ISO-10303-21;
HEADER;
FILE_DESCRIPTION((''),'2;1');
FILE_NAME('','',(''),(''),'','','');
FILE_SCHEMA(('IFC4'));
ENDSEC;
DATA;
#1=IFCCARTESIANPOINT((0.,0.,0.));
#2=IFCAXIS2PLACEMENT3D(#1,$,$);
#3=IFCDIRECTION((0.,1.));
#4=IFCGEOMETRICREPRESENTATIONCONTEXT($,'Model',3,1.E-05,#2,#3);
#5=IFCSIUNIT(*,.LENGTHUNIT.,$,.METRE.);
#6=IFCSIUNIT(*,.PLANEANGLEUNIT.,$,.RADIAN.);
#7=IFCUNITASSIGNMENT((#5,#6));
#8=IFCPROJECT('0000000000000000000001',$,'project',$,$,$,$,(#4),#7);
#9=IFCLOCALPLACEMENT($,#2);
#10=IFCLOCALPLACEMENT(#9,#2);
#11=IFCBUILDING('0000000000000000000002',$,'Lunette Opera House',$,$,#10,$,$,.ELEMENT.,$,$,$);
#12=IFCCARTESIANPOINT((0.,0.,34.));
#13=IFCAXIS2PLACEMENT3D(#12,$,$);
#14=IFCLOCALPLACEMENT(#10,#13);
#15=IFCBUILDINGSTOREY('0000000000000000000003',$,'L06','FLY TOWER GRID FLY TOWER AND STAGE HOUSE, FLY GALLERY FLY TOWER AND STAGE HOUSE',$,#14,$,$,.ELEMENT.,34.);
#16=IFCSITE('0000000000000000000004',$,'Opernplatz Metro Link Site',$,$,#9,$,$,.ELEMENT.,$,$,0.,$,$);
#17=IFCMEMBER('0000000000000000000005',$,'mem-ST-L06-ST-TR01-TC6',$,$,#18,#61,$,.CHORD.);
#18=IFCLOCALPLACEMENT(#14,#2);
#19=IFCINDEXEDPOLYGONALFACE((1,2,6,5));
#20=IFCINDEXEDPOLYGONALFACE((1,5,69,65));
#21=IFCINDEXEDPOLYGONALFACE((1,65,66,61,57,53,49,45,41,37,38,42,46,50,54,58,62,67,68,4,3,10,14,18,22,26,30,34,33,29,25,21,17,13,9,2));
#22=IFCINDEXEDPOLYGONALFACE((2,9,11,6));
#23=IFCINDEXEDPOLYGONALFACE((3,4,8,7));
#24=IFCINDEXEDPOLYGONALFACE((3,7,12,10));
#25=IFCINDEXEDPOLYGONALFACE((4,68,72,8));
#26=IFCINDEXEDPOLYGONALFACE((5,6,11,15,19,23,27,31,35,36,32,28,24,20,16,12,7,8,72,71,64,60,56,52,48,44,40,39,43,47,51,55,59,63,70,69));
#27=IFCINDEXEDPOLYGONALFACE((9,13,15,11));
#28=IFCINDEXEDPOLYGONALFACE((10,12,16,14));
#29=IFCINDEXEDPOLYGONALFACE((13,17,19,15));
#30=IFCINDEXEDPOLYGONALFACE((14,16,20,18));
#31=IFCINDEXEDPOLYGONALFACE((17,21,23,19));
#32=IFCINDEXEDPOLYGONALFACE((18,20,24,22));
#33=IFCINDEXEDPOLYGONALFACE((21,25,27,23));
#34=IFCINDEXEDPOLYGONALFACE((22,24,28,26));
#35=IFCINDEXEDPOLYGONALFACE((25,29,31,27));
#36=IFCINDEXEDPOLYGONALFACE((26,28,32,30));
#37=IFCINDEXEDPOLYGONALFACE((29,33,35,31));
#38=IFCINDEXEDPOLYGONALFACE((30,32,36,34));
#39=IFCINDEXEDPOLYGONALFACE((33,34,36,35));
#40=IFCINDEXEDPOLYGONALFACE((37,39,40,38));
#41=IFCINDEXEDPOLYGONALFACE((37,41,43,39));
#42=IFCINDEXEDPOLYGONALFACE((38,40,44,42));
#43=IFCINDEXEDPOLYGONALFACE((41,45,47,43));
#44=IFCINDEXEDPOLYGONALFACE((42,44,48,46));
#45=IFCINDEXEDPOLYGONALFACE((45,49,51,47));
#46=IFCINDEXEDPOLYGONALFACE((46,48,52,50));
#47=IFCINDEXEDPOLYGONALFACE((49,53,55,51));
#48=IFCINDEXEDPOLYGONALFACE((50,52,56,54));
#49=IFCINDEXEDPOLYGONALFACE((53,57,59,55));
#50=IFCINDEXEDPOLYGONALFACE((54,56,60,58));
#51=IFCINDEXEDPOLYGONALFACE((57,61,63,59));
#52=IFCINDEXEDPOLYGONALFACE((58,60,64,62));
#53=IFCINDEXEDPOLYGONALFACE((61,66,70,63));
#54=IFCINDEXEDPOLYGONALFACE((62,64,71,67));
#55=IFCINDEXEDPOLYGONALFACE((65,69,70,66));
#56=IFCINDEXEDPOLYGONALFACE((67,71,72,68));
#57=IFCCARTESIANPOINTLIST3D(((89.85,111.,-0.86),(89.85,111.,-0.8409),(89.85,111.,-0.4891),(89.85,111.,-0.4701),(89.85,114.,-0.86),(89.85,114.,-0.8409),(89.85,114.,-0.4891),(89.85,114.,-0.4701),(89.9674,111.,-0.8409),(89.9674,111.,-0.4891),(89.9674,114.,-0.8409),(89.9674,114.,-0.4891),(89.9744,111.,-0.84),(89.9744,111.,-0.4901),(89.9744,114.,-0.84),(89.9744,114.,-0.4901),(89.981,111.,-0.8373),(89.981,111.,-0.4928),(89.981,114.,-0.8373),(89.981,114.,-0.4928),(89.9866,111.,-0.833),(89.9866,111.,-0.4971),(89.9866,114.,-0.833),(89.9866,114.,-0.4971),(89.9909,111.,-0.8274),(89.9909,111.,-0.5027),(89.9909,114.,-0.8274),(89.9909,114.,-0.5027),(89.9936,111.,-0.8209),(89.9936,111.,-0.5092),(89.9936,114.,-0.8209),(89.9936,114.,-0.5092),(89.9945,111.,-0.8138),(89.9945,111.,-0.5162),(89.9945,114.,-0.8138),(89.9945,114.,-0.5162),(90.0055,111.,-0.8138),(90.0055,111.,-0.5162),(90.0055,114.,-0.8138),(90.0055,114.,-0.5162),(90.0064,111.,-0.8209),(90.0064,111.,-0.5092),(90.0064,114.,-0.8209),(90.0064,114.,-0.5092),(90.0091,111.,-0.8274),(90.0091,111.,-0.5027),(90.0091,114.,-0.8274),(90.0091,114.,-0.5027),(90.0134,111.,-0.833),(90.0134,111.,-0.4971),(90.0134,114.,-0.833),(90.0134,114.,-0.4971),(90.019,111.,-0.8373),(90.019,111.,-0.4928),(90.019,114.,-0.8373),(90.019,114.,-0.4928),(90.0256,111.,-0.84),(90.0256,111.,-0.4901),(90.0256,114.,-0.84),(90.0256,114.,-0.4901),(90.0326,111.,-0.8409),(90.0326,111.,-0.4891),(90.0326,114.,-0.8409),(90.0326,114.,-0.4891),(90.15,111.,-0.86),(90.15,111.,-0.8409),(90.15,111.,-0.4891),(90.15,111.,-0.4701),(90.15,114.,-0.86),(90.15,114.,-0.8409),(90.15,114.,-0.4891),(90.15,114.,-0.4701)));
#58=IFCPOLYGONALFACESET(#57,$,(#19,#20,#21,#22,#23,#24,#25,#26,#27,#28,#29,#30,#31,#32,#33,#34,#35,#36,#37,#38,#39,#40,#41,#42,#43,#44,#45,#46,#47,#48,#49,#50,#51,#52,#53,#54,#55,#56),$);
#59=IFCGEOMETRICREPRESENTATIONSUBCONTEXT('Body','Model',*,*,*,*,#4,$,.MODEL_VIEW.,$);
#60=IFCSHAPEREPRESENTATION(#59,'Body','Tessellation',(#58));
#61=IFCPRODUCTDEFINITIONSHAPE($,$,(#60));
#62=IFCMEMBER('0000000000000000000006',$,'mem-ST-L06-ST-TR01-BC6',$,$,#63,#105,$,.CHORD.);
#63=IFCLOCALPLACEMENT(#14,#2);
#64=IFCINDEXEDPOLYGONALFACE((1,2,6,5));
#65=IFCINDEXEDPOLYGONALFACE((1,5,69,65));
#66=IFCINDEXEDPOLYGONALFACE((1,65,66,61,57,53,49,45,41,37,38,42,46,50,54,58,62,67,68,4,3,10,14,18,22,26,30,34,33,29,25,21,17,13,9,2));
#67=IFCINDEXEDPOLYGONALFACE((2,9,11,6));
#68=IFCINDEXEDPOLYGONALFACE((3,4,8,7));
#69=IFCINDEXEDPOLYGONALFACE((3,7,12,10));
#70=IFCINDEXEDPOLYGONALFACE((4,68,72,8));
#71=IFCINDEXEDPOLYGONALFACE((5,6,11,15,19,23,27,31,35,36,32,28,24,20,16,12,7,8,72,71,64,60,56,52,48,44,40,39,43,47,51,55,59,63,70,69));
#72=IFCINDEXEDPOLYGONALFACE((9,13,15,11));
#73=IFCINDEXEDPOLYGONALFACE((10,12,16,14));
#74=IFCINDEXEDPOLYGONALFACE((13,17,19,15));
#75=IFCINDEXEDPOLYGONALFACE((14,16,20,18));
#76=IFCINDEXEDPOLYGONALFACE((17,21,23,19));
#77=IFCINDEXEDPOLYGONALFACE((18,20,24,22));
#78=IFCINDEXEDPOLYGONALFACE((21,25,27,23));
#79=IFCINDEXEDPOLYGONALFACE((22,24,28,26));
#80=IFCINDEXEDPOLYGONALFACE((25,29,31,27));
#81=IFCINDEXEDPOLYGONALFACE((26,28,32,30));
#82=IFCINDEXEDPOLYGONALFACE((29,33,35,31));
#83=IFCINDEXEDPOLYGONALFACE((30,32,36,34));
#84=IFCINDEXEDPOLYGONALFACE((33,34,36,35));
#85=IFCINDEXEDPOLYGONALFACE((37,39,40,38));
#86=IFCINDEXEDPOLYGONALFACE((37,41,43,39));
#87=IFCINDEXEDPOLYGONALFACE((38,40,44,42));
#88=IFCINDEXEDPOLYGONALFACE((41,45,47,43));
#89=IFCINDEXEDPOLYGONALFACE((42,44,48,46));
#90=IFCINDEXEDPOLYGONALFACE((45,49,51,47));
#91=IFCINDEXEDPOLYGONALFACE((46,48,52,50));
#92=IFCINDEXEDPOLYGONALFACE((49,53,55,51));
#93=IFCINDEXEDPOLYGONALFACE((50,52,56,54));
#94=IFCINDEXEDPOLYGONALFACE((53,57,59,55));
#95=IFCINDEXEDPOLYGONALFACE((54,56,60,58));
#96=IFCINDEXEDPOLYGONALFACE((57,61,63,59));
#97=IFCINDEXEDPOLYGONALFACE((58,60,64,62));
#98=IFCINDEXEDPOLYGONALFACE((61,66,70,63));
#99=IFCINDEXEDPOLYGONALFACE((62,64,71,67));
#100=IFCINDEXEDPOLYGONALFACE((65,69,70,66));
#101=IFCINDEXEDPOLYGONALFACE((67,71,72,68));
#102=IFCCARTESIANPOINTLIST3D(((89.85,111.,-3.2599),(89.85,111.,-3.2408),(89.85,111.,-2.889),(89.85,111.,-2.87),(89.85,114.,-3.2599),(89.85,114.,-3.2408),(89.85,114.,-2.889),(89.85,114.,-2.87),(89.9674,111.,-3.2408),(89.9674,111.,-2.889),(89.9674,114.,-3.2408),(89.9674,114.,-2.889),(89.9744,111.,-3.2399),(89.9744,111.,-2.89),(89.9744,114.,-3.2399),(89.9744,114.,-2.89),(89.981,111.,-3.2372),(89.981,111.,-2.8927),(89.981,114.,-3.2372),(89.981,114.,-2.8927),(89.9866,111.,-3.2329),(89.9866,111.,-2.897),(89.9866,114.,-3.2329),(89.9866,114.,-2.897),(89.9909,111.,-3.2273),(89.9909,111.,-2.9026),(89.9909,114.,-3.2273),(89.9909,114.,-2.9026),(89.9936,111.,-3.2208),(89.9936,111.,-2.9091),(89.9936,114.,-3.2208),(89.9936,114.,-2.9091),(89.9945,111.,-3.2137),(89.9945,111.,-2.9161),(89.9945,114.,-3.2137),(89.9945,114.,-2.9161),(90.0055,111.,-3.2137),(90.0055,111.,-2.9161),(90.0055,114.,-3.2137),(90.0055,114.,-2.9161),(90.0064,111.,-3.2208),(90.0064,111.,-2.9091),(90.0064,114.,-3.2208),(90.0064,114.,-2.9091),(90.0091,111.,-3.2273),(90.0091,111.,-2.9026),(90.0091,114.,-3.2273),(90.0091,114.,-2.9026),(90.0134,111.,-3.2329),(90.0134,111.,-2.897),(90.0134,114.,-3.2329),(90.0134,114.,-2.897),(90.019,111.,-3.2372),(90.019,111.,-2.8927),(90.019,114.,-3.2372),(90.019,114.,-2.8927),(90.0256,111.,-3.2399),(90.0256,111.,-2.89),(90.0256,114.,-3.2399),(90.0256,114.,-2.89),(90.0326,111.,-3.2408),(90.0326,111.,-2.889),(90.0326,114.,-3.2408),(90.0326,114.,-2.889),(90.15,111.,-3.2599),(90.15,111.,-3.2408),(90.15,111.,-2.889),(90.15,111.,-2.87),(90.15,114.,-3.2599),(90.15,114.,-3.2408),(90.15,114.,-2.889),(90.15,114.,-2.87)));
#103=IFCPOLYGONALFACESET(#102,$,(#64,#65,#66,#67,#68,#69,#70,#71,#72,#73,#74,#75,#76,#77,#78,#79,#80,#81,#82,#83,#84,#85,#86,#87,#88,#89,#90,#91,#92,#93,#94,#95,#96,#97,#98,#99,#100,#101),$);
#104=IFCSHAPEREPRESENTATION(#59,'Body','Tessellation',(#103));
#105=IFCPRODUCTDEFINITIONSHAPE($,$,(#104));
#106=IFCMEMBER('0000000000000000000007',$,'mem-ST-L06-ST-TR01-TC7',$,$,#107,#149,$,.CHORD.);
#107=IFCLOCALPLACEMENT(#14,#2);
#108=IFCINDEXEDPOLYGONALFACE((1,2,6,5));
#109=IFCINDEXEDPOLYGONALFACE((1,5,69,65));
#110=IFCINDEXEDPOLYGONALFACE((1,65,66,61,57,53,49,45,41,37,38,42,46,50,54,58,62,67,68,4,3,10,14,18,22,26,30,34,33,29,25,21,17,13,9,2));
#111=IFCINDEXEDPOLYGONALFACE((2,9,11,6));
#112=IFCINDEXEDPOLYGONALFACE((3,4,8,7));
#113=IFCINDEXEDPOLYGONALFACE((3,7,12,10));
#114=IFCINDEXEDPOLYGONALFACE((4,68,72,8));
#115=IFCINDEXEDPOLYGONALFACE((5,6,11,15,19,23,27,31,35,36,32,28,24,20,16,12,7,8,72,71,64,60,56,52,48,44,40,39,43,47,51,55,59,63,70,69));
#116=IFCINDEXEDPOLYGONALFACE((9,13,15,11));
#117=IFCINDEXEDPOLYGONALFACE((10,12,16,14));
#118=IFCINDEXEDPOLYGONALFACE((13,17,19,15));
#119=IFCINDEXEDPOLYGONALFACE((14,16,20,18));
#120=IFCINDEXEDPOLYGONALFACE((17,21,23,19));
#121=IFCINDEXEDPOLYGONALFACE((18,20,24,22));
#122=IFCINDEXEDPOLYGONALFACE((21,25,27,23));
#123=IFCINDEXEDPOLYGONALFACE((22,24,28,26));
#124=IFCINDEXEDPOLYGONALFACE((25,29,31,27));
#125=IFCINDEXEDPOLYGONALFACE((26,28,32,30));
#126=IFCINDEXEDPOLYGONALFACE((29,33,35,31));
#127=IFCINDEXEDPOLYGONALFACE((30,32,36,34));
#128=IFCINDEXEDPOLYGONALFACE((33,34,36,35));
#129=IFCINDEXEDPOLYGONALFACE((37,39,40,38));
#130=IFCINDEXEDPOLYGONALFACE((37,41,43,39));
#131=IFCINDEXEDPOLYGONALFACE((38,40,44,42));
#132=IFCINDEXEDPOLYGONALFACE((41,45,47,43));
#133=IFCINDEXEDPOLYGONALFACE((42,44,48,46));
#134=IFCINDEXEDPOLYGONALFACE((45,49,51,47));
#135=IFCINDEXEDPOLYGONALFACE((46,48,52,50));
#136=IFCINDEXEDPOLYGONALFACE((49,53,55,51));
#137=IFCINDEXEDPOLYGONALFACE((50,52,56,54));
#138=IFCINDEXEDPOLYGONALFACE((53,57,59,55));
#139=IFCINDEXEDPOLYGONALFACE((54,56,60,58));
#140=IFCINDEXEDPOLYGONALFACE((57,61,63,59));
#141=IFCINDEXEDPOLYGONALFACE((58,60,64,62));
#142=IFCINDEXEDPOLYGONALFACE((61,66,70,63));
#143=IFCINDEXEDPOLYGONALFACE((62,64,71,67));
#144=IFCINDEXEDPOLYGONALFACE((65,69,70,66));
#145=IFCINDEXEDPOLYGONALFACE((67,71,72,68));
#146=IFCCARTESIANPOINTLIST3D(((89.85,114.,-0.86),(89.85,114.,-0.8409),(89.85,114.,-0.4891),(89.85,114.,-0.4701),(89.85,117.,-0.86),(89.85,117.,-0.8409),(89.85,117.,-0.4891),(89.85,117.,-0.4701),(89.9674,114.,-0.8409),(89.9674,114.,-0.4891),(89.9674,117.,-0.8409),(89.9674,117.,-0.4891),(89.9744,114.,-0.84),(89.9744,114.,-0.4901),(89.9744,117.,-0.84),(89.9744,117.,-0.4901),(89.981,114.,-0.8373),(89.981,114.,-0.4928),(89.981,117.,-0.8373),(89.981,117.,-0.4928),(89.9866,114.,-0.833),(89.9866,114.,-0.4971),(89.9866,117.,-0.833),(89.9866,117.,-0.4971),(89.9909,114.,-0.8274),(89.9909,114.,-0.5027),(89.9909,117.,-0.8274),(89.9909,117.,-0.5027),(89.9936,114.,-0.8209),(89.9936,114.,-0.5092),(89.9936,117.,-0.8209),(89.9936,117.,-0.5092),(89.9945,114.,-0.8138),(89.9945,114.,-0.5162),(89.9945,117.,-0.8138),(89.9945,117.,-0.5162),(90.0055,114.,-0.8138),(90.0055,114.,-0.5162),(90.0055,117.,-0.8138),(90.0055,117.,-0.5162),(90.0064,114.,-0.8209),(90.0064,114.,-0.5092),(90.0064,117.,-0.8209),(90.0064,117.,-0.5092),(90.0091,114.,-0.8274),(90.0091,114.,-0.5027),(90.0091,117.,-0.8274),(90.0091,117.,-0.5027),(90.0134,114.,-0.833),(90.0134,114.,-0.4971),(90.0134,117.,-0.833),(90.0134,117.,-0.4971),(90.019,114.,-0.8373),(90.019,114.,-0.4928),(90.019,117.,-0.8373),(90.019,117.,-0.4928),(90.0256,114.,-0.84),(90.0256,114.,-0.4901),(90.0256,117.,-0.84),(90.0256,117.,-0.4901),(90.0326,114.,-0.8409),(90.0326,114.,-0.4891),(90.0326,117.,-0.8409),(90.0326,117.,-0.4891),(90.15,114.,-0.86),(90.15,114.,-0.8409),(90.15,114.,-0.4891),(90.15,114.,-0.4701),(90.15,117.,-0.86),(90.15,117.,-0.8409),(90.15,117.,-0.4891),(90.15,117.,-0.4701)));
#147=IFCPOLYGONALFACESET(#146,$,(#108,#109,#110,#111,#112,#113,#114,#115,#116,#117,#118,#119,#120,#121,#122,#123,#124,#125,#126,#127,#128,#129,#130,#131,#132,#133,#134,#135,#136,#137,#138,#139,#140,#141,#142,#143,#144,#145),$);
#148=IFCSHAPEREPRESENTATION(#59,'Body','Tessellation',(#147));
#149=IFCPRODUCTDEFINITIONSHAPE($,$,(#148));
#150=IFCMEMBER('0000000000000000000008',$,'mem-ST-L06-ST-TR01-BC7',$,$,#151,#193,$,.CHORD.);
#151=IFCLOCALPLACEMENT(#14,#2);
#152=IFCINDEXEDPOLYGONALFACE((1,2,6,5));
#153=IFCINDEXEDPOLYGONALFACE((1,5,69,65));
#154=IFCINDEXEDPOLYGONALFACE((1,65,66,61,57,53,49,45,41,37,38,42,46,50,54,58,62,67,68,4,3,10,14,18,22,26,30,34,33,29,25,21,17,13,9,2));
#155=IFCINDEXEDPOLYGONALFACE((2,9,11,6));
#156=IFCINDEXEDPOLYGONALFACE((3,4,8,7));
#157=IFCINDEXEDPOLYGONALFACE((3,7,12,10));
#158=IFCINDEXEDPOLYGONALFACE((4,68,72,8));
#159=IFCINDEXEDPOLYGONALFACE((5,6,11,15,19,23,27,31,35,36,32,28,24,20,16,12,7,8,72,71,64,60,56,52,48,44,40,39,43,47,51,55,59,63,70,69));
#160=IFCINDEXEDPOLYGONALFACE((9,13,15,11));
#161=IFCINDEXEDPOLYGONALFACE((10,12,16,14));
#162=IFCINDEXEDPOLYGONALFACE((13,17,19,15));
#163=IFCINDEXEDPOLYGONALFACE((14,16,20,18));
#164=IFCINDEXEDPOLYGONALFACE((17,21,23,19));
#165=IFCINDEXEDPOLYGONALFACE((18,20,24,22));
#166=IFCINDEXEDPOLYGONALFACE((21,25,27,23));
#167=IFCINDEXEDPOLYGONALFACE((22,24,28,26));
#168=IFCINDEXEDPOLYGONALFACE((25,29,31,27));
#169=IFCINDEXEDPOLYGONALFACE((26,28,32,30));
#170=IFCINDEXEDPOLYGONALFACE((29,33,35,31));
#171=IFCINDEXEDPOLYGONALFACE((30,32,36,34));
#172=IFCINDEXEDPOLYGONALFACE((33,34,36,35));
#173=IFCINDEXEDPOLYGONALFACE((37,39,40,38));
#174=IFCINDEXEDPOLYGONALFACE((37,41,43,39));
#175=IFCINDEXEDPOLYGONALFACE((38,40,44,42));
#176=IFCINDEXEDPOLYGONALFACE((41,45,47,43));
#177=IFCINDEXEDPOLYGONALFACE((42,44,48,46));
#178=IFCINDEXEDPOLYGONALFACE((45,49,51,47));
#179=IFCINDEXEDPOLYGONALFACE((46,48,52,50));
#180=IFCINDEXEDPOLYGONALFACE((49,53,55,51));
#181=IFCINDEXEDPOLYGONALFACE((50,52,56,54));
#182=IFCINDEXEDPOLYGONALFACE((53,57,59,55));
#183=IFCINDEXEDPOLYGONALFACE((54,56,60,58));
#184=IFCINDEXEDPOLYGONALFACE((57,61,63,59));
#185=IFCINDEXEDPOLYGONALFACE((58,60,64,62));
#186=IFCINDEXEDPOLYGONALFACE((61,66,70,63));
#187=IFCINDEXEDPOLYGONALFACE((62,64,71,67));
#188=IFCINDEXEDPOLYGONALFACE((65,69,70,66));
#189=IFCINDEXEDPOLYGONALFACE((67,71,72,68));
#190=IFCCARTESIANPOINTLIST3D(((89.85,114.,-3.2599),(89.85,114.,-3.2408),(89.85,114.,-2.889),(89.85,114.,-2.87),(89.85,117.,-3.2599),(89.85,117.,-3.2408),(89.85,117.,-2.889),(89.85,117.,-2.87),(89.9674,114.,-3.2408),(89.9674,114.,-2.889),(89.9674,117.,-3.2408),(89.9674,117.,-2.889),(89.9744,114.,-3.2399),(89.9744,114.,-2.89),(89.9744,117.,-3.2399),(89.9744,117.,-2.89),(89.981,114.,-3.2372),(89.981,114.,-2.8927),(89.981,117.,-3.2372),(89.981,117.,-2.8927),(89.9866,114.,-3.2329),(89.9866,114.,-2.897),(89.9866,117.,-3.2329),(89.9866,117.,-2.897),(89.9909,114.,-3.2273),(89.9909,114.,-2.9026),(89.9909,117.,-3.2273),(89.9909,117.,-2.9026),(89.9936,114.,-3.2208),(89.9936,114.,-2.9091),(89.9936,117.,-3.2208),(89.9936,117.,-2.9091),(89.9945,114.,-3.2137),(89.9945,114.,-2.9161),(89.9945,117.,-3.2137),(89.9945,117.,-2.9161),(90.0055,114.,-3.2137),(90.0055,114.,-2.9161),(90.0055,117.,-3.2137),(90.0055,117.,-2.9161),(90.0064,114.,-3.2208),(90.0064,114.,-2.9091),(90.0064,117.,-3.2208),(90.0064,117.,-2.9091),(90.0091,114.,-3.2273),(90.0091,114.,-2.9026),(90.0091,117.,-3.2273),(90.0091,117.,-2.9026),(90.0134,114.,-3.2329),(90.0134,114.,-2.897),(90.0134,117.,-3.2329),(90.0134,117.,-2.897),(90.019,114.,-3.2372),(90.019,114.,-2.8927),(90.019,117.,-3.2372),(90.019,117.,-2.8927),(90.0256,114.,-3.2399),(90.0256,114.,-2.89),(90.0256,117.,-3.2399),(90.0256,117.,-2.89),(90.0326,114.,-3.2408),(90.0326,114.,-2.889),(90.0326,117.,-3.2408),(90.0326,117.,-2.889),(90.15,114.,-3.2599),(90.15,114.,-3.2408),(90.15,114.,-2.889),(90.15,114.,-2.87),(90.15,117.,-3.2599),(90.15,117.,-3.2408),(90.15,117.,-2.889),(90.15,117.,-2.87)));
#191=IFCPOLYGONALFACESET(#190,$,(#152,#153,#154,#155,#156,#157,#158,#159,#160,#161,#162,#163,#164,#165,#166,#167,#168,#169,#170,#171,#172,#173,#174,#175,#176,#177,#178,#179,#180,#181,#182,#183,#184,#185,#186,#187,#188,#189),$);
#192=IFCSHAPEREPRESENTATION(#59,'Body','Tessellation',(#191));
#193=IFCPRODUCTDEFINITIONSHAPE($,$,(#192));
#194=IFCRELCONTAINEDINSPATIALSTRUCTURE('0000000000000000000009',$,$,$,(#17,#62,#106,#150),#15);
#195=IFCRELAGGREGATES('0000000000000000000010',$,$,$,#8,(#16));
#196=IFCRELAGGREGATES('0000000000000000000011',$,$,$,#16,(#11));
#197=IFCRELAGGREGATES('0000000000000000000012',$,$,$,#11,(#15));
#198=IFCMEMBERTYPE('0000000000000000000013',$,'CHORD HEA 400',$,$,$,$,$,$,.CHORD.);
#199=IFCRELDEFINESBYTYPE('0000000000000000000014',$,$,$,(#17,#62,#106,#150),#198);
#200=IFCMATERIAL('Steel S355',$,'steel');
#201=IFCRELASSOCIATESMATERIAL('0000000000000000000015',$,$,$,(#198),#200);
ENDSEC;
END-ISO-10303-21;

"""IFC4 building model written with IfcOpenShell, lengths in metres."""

from ifc_helpers import new_model, si_unit, direction, frame, origin, origin_2d, place, context, subcontext, project, spatial, i_section, extrude, material, material_profile, profile_set, type_object, element, save


model = new_model("IFC4")

# Units and contexts
model_context = context("Model", 3, precision=1e-05, world=origin(), true_north=direction((0.0, 1.0)))
body_context = subcontext(model_context, "Body", "Model", "MODEL_VIEW")
ifc_project = project(units=[si_unit("LENGTHUNIT", "METRE"), si_unit("PLANEANGLEUNIT", "RADIAN")], contexts=[model_context])

# Site, building, storey
site_placement = place(None, origin())
site = spatial("IfcSite", under=ifc_project, at=site_placement, Name="Opernplatz Metro Link Site", CompositionType="ELEMENT", RefElevation=0.0)
building_placement = place(site_placement, origin())
building = spatial("IfcBuilding", under=site, at=building_placement, Name="Lunette Opera House", CompositionType="ELEMENT")
storey_placement = place(building_placement, frame((0.0, 0.0, 34.0)))
storey = spatial("IfcBuildingStorey", under=building, at=storey_placement, Name="L06", Description="FLY TOWER GRID FLY TOWER AND STAGE HOUSE, FLY GALLERY FLY TOWER AND STAGE HOUSE", CompositionType="ELEMENT", Elevation=34.0)

# Members
ifc_material_1 = material(Name="Steel S355", Category="steel")
ifc_material_profile_1 = material_profile(ifc_material_1, i_section(OverallWidth=0.3, OverallDepth=0.3899, WebThickness=0.011, FlangeThickness=0.019, FilletRadius=0.0271, at=origin_2d()), Name="HEA 400")
ifc_profile_set_1 = profile_set([ifc_material_profile_1], Name="Steel S355")
member_type_1 = type_object("IfcMemberType", Name="CHORD HEA 400", PredefinedType="CHORD", material=ifc_profile_set_1)
for number, where, z_axis, x_axis, name in (
    (1, (90.0, 111.0, -0.665), (0.0, 1.0, 0.0), (-1.0, 0.0, 0.0), "mem-ST-L06-ST-TR01-TC6"),
    (2, (90.0, 111.0, -3.0649), (0.0, 1.0, 0.0), (-1.0, 0.0, 0.0), "mem-ST-L06-ST-TR01-BC6"),
    (3, (90.0, 114.0, -0.665), (0.0, 1.0, 0.0), (-1.0, 0.0, 0.0), "mem-ST-L06-ST-TR01-TC7"),
    (4, (90.0, 114.0, -3.0649), (0.0, 1.0, 0.0), (-1.0, 0.0, 0.0), "mem-ST-L06-ST-TR01-BC7"),
):
    element("IfcMember", number, at=place(storey_placement, frame(where, z_axis=z_axis, x_axis=x_axis)), inside=storey, type_object=member_type_1, Name=name, PredefinedType="CHORD", context=body_context, shape_type="SweptSolid", body=[
        extrude(i_section(OverallWidth=0.3, OverallDepth=0.3899, WebThickness=0.011, FlangeThickness=0.019, FilletRadius=0.0271, at=origin_2d()), origin(), (0.0, 0.0, 1.0), 3.0),
    ])

save(model, "model.ifc")
